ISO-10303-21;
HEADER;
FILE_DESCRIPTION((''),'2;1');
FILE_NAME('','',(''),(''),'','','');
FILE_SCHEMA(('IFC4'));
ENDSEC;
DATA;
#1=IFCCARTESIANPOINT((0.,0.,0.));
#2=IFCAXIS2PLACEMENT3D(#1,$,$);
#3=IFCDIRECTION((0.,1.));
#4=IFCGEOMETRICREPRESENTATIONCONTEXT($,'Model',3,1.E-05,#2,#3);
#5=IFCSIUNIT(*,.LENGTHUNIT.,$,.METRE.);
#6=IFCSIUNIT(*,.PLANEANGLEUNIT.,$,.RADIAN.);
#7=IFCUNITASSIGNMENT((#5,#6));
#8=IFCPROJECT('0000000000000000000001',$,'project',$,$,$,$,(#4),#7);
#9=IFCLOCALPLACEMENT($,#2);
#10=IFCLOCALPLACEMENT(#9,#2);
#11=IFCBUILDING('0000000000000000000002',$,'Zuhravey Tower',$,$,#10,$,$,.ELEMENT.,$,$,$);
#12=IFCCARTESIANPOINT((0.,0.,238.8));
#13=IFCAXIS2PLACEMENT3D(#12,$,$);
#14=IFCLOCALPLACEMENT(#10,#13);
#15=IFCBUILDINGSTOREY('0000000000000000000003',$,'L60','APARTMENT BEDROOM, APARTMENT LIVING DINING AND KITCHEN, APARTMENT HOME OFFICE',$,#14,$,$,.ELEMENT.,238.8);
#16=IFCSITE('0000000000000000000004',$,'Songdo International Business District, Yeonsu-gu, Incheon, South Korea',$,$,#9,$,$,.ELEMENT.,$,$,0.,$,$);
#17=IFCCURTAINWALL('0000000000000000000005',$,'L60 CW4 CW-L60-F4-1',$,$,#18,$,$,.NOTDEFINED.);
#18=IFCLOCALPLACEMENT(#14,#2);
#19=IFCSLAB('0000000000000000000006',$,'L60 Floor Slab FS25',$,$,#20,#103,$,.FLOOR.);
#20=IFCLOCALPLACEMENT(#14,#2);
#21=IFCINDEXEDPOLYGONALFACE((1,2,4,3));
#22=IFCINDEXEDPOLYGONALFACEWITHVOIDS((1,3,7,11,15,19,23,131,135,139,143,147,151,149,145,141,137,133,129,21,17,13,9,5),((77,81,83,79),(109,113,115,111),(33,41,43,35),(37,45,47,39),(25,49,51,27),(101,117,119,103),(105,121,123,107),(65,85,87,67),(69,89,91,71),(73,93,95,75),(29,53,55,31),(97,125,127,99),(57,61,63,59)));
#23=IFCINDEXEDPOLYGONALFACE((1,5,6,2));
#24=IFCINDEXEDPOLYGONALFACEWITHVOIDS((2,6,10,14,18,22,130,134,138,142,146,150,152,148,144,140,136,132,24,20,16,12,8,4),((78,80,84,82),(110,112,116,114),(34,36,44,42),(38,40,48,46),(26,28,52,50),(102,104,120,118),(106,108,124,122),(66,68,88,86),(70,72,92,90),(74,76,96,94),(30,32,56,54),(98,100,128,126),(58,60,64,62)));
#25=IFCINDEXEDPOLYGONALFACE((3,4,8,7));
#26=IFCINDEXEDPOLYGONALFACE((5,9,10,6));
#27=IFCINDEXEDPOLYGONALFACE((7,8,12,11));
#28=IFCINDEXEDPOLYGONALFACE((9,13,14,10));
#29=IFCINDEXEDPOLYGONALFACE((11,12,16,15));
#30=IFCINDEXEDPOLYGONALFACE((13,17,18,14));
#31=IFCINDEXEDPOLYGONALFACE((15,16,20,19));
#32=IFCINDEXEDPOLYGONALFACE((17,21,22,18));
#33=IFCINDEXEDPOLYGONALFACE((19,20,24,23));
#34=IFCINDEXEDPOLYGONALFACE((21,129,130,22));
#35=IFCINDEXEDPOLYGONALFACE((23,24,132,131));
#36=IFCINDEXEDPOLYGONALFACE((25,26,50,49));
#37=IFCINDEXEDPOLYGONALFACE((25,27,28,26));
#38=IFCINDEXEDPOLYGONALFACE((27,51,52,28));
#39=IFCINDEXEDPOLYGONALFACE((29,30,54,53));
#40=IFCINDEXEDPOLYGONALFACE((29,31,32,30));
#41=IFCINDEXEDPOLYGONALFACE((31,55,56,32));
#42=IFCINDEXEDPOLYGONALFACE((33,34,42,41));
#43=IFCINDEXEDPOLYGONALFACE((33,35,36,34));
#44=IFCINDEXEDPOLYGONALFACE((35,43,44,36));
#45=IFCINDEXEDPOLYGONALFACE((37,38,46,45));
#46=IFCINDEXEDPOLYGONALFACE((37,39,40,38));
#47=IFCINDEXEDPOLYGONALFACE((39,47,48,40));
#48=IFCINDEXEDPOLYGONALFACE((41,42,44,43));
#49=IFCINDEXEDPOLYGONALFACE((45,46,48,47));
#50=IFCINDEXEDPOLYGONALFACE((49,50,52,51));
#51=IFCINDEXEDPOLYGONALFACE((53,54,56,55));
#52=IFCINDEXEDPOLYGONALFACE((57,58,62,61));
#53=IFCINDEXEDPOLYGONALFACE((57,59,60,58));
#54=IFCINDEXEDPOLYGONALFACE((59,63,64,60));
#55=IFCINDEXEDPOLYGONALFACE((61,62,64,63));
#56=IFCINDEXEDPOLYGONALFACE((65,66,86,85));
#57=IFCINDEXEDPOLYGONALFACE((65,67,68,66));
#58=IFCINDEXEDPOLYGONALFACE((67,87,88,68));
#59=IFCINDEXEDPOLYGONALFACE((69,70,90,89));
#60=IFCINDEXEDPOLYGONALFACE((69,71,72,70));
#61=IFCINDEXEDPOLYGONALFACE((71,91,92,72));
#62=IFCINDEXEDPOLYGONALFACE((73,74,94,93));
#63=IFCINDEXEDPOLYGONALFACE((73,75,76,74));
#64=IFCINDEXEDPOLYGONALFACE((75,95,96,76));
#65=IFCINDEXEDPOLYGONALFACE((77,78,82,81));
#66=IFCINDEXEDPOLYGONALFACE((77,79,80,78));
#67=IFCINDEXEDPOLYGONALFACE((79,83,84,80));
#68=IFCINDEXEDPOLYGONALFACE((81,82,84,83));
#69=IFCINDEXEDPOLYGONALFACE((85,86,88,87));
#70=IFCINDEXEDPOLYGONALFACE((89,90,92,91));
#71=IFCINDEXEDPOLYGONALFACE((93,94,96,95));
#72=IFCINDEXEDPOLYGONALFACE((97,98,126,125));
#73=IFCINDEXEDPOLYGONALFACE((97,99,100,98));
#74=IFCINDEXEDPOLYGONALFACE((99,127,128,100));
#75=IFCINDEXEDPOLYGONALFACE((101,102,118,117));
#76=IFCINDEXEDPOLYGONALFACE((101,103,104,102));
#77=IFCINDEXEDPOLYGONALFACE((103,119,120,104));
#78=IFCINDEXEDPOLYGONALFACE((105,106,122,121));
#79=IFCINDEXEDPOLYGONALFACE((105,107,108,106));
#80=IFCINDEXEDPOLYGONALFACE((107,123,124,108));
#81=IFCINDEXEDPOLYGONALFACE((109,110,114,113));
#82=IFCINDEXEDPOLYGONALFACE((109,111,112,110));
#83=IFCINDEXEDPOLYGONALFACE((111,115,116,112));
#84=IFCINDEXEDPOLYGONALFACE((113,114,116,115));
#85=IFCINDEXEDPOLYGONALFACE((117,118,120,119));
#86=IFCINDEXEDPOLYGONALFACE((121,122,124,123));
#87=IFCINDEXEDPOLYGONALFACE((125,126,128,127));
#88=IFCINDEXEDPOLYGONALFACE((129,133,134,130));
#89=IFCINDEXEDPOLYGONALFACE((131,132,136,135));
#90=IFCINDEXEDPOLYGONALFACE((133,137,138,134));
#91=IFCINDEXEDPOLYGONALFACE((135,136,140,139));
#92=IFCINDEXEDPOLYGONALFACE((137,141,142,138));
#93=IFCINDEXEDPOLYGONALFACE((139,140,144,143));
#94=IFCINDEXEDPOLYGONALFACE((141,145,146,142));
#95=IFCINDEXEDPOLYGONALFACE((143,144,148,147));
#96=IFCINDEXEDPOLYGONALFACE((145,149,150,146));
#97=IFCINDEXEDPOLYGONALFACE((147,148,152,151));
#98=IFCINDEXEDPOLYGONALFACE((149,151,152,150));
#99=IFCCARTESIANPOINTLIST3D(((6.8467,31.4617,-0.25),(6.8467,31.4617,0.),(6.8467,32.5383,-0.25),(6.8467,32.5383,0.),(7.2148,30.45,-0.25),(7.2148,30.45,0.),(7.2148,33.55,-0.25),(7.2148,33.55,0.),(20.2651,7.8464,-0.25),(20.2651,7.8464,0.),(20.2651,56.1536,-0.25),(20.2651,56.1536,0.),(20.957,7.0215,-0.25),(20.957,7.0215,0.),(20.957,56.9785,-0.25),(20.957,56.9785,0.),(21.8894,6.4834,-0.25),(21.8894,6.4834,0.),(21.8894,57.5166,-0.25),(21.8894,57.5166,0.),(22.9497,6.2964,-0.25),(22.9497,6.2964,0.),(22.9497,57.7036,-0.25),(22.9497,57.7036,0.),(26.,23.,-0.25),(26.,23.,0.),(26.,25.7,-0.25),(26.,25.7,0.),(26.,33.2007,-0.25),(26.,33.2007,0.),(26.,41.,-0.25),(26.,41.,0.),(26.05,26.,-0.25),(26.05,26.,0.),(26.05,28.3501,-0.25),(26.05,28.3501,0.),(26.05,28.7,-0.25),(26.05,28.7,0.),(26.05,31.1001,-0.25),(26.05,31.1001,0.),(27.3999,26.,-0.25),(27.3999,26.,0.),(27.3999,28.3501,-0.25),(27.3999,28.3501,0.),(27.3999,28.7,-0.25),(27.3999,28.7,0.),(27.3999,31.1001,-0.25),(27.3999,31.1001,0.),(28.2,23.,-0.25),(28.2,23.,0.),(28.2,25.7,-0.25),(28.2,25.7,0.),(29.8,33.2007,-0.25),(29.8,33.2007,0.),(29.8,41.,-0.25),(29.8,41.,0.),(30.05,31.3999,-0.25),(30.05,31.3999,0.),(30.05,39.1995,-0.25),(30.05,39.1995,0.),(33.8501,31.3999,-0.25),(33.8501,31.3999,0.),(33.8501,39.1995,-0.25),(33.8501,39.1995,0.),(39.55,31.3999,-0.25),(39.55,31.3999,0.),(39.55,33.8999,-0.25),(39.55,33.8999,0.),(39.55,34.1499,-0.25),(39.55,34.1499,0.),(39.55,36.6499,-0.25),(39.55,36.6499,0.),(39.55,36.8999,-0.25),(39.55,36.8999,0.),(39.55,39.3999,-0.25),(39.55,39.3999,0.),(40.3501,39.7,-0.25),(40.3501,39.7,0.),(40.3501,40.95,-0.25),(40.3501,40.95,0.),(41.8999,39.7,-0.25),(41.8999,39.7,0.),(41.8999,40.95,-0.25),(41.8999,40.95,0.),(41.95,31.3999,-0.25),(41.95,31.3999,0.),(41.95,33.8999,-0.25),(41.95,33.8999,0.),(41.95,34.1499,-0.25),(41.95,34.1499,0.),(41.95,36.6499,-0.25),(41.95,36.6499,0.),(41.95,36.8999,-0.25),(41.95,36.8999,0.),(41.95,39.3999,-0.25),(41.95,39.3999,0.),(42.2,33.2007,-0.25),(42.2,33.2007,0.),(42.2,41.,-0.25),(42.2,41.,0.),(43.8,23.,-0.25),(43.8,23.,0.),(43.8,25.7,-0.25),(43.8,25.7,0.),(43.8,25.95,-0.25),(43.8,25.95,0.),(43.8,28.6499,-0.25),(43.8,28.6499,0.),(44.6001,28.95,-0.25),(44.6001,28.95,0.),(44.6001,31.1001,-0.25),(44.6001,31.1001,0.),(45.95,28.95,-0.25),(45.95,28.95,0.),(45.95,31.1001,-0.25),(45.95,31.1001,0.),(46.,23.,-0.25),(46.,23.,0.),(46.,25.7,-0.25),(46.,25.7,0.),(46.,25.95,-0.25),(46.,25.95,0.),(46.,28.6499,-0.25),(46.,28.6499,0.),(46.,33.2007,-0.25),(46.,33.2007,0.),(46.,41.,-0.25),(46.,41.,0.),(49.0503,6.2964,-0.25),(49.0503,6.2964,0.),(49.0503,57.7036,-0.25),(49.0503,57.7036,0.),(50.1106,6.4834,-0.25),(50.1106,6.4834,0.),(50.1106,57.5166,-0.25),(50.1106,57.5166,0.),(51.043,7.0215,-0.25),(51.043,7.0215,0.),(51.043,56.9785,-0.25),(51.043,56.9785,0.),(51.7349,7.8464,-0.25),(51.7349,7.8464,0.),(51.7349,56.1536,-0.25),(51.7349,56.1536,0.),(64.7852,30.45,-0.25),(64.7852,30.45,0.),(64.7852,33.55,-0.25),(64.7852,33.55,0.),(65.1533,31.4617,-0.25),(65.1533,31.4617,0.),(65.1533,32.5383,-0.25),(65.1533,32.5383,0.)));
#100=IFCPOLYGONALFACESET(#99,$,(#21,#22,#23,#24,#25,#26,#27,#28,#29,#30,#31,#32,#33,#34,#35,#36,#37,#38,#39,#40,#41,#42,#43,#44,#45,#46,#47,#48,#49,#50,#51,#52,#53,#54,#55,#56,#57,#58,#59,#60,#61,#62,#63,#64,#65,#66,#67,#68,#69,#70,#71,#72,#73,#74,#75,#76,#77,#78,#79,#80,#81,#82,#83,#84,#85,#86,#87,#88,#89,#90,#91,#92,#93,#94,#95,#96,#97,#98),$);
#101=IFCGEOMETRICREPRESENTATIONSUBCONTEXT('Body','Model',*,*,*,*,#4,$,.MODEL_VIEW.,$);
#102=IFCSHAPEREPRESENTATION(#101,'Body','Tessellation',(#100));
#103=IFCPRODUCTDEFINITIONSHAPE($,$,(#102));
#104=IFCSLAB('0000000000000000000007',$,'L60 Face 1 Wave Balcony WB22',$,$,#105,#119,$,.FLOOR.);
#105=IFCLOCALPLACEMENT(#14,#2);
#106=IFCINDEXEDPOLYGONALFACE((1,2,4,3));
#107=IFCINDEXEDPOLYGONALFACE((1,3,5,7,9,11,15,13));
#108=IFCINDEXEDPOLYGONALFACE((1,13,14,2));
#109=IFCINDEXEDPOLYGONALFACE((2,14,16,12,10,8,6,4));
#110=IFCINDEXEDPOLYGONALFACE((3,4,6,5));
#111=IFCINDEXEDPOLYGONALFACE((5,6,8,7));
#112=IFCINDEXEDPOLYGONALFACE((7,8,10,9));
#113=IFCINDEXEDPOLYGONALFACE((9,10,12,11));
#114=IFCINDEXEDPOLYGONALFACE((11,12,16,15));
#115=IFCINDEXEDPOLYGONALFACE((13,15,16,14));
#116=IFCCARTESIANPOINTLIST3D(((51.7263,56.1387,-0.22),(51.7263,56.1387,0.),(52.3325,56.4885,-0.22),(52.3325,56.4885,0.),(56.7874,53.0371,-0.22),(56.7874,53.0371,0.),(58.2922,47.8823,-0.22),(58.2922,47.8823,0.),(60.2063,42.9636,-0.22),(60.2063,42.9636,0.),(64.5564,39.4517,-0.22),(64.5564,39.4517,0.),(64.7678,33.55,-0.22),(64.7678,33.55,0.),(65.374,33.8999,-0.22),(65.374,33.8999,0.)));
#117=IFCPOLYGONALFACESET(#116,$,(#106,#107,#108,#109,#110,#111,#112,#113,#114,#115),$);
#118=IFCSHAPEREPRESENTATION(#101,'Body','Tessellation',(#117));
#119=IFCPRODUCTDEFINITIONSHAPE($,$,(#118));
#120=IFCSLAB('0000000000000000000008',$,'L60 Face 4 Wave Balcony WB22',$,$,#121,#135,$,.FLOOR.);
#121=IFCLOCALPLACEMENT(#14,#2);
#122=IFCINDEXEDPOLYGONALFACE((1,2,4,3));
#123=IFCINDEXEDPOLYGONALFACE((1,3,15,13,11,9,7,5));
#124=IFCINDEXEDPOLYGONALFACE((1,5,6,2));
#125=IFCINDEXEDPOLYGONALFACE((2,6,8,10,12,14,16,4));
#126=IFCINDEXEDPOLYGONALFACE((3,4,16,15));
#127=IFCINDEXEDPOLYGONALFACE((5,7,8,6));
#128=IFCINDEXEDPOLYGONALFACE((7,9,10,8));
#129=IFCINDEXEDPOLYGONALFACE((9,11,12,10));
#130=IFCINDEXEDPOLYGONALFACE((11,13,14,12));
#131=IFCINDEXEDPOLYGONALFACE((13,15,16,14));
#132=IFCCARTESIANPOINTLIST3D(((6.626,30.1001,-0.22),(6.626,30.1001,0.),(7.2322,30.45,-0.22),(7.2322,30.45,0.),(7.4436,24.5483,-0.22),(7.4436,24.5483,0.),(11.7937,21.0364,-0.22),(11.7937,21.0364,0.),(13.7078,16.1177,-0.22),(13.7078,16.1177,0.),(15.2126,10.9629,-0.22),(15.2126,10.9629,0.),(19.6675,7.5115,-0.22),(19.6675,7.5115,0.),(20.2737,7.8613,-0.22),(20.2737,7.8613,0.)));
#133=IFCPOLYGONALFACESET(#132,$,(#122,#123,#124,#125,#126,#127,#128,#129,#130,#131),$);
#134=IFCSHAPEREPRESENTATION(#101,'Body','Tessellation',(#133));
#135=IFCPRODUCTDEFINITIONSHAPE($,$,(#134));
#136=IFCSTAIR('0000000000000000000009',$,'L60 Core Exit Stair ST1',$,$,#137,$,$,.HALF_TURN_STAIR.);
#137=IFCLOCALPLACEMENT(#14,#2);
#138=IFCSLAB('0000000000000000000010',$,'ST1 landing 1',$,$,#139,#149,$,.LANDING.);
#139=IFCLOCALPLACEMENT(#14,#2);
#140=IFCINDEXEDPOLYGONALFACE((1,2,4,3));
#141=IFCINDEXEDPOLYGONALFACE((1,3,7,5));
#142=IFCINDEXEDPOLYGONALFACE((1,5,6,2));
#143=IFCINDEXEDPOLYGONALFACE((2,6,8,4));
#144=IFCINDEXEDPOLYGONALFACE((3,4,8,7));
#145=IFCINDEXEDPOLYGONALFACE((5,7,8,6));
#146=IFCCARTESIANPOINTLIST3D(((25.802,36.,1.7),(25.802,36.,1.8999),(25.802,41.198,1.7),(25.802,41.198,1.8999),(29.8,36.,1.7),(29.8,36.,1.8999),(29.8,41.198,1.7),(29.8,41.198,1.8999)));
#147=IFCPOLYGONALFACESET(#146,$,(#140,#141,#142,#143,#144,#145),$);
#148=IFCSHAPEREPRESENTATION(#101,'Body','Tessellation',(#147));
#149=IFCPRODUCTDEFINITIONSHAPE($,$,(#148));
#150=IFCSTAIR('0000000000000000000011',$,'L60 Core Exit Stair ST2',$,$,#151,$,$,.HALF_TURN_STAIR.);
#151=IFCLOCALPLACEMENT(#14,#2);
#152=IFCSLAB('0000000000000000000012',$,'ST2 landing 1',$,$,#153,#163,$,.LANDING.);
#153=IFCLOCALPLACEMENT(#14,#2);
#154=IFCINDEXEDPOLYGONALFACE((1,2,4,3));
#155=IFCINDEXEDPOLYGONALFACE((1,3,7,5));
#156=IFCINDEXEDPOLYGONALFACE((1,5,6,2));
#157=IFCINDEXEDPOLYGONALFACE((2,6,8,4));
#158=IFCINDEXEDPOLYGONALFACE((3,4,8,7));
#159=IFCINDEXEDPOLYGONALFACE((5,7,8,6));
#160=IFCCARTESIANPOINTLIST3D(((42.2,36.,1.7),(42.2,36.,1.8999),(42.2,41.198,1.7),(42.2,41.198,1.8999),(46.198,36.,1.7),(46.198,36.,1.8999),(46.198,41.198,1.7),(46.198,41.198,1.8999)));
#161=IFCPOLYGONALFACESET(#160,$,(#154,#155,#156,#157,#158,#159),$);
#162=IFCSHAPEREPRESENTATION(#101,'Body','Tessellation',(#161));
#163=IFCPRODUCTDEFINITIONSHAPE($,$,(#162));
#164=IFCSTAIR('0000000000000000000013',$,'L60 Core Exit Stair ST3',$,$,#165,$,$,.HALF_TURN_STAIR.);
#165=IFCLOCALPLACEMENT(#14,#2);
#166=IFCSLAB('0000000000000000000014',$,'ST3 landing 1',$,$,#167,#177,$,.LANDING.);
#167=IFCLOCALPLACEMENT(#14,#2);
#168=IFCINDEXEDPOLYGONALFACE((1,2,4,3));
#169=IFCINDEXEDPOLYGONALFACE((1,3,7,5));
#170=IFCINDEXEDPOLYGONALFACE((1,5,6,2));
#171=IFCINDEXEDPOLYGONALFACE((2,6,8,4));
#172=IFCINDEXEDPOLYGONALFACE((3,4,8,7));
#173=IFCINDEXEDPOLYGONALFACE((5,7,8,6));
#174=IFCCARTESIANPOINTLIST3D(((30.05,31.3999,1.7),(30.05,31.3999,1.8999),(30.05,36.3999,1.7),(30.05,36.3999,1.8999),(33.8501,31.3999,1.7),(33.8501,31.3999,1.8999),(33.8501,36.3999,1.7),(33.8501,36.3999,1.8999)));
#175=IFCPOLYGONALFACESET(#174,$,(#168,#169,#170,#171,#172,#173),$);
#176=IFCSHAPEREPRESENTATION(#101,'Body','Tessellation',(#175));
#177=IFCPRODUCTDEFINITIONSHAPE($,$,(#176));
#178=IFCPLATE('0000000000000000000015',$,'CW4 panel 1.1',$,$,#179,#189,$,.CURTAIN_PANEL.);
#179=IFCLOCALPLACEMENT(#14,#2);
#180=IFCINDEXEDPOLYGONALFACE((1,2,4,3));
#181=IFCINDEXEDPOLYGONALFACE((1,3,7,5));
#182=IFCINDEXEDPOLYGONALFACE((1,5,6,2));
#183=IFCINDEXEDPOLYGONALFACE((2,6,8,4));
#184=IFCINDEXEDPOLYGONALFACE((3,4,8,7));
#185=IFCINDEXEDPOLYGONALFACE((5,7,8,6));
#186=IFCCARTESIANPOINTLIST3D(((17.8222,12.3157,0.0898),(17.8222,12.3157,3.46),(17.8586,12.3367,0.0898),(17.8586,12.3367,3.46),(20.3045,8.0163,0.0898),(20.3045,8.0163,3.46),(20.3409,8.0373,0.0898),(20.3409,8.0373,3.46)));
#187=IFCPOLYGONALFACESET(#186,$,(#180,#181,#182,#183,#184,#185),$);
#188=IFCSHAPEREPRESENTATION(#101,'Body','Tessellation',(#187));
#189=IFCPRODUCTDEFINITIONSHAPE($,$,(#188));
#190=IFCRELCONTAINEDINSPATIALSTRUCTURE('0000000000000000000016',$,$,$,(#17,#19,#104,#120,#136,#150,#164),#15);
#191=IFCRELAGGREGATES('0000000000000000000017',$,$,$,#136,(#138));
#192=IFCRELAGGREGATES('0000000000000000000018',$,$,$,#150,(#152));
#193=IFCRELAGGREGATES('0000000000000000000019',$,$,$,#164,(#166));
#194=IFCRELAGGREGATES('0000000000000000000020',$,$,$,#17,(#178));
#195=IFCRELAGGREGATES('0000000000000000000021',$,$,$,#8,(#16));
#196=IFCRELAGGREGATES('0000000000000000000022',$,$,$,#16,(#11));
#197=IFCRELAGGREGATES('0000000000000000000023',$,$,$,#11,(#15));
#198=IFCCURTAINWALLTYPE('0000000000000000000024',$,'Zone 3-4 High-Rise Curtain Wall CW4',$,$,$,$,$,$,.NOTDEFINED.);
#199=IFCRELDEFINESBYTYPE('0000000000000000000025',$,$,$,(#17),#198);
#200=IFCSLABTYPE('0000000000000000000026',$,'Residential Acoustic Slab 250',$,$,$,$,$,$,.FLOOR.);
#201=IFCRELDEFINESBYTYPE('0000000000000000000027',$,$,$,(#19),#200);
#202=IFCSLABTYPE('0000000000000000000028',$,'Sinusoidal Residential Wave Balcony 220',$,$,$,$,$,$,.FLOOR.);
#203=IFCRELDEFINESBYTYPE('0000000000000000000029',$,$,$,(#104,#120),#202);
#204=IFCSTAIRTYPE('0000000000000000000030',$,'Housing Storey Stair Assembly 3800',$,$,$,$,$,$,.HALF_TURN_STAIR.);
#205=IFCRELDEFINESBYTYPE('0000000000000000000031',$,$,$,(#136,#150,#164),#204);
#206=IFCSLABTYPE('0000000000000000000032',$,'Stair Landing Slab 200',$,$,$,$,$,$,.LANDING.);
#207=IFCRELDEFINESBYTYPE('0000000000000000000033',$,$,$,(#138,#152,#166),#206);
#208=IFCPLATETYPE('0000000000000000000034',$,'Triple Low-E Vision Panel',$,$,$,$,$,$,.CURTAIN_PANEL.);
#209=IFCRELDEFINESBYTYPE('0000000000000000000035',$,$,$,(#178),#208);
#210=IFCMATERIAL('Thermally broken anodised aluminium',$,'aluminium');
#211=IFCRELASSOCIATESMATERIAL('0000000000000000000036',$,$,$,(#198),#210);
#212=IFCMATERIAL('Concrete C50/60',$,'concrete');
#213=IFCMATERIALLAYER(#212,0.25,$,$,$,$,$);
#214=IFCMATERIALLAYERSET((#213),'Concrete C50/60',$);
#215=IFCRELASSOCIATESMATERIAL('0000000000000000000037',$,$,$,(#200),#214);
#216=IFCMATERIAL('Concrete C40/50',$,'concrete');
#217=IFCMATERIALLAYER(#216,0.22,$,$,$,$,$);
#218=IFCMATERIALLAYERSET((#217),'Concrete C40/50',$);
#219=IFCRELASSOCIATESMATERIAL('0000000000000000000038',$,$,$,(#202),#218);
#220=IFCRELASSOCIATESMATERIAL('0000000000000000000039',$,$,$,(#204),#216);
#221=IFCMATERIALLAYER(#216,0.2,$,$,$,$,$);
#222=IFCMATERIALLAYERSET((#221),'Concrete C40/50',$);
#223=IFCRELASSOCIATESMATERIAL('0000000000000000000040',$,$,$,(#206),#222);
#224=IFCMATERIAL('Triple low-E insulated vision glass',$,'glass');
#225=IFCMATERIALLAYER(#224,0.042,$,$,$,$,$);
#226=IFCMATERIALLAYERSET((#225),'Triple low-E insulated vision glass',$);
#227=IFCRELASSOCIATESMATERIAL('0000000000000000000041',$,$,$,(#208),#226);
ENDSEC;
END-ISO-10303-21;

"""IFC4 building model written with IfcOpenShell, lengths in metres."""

from ifc_helpers import new_model, si_unit, direction, frame, origin, origin_2d, place, context, subcontext, project, spatial, polyline, rectangle, outline, extrude, material, layer, layer_set, type_object, element, aggregate, save


model = new_model("IFC4")

# Units and contexts
model_context = context("Model", 3, precision=1e-05, world=origin(), true_north=direction((0.0, 1.0)))
body_context = subcontext(model_context, "Body", "Model", "MODEL_VIEW")
ifc_project = project(units=[si_unit("LENGTHUNIT", "METRE"), si_unit("PLANEANGLEUNIT", "RADIAN")], contexts=[model_context])

# Site, building, storey
site_placement = place(None, origin())
site = spatial("IfcSite", under=ifc_project, at=site_placement, Name="Songdo International Business District, Yeonsu-gu, Incheon, South Korea", CompositionType="ELEMENT", RefElevation=0.0)
building_placement = place(site_placement, origin())
building = spatial("IfcBuilding", under=site, at=building_placement, Name="Zuhravey Tower", CompositionType="ELEMENT")
storey_placement = place(building_placement, frame((0.0, 0.0, 238.8)))
storey = spatial("IfcBuildingStorey", under=building, at=storey_placement, Name="L60", Description="APARTMENT BEDROOM, APARTMENT LIVING DINING AND KITCHEN, APARTMENT HOME OFFICE", CompositionType="ELEMENT", Elevation=238.8)

# Shared definitions
ifc_material_1 = material(Name="Concrete C50/60", Category="concrete")

# Curtain wall
ifc_material_2 = material(Name="Thermally broken anodised aluminium", Category="aluminium")
curtain_wall_type = type_object("IfcCurtainWallType", Name="Zone 3-4 High-Rise Curtain Wall CW4", PredefinedType="NOTDEFINED", material=ifc_material_2)
curtain_wall_placement = place(storey_placement, origin())
curtain_wall = element("IfcCurtainWall", 1, at=curtain_wall_placement, inside=storey, type_object=curtain_wall_type, Name="L60 CW4 CW-L60-F4-1", PredefinedType="NOTDEFINED")

# Slabs
ifc_layer_1 = layer(ifc_material_1, 0.25)
ifc_layer_set_1 = layer_set([ifc_layer_1], Name="Concrete C50/60")
slab_type_1 = type_object("IfcSlabType", Name="Residential Acoustic Slab 250", PredefinedType="FLOOR", material=ifc_layer_set_1)
slab_1_placement = place(storey_placement, frame((0.0, 0.0, -0.25)))
element("IfcSlab", 2, at=slab_1_placement, inside=storey, type_object=slab_type_1, Name="L60 Floor Slab FS25", PredefinedType="FLOOR", context=body_context, shape_type="SweptSolid", body=[
    extrude(outline(polyline([(64.7852, 30.45), (65.1533, 31.4617), (65.1533, 32.5383), (64.7852, 33.55), (51.7349, 56.1536), (51.043, 56.9785), (50.1106, 57.5166), (49.0503, 57.7036), (22.9497, 57.7036), (21.8894, 57.5166), (20.957, 56.9785), (20.2651, 56.1536), (7.2148, 33.55), (6.8467, 32.5383), (6.8467, 31.4617), (7.2148, 30.45), (20.2651, 7.8464), (20.957, 7.0215), (21.8894, 6.4834), (22.9497, 6.2964), (49.0503, 6.2964), (50.1106, 6.4834), (51.043, 7.0215), (51.7349, 7.8464), (64.7852, 30.45)]), holes=[polyline([(29.8, 33.2007), (29.8, 41.0), (26.0, 41.0), (26.0, 33.2007), (29.8, 33.2007)]), polyline([(46.0, 33.2007), (46.0, 41.0), (42.2, 41.0), (42.2, 33.2007), (46.0, 33.2007)]), polyline([(30.05, 39.1995), (30.05, 31.3999), (33.8501, 31.3999), (33.8501, 39.1995), (30.05, 39.1995)]), polyline([(39.55, 31.3999), (41.95, 31.3999), (41.95, 33.8999), (39.55, 33.8999), (39.55, 31.3999)]), polyline([(39.55, 34.1499), (41.95, 34.1499), (41.95, 36.6499), (39.55, 36.6499), (39.55, 34.1499)]), polyline([(39.55, 36.8999), (41.95, 36.8999), (41.95, 39.3999), (39.55, 39.3999), (39.55, 36.8999)]), polyline([(26.0, 23.0), (28.2, 23.0), (28.2, 25.7), (26.0, 25.7), (26.0, 23.0)]), polyline([(43.8, 23.0), (46.0, 23.0), (46.0, 25.7), (43.8, 25.7), (43.8, 23.0)]), polyline([(43.8, 25.95), (46.0, 25.95), (46.0, 28.6499), (43.8, 28.6499), (43.8, 25.95)]), polyline([(26.05, 26.0), (27.3999, 26.0), (27.3999, 28.3501), (26.05, 28.3501), (26.05, 26.0)]), polyline([(26.05, 28.7), (27.3999, 28.7), (27.3999, 31.1001), (26.05, 31.1001), (26.05, 28.7)]), polyline([(44.6001, 28.95), (45.95, 28.95), (45.95, 31.1001), (44.6001, 31.1001), (44.6001, 28.95)]), polyline([(40.3501, 39.7), (41.8999, 39.7), (41.8999, 40.95), (40.3501, 40.95), (40.3501, 39.7)])]), origin(), (0.0, 0.0, 1.0), 0.25),
])
ifc_material_3 = material(Name="Concrete C40/50", Category="concrete")
ifc_layer_2 = layer(ifc_material_3, 0.22)
ifc_layer_set_2 = layer_set([ifc_layer_2], Name="Concrete C40/50")
slab_type_2 = type_object("IfcSlabType", Name="Sinusoidal Residential Wave Balcony 220", PredefinedType="FLOOR", material=ifc_layer_set_2)
slab_2_placement = place(storey_placement, frame((0.0, 0.0, -0.22)))
element("IfcSlab", 3, at=slab_2_placement, inside=storey, type_object=slab_type_2, Name="L60 Face 1 Wave Balcony WB22", PredefinedType="FLOOR", context=body_context, shape_type="SweptSolid", body=[
    extrude(outline(polyline([(64.7678, 33.55), (51.7263, 56.1387), (52.3325, 56.4885), (56.7874, 53.0371), (58.2922, 47.8823), (60.2063, 42.9636), (64.5564, 39.4517), (65.374, 33.8999), (64.7678, 33.55)])), origin(), (0.0, 0.0, 1.0), 0.22),
])
slab_3_placement = place(storey_placement, frame((0.0, 0.0, -0.22)))
element("IfcSlab", 4, at=slab_3_placement, inside=storey, type_object=slab_type_2, Name="L60 Face 4 Wave Balcony WB22", PredefinedType="FLOOR", context=body_context, shape_type="SweptSolid", body=[
    extrude(outline(polyline([(7.2322, 30.45), (20.2737, 7.8613), (19.6675, 7.5115), (15.2126, 10.9629), (13.7078, 16.1177), (11.7937, 21.0364), (7.4436, 24.5483), (6.626, 30.1001), (7.2322, 30.45)])), origin(), (0.0, 0.0, 1.0), 0.22),
])

# Stairs, slabs
stair_type = type_object("IfcStairType", Name="Housing Storey Stair Assembly 3800", PredefinedType="HALF_TURN_STAIR", material=ifc_material_3)
stair_1_placement = place(storey_placement, origin())
stair_1 = element("IfcStair", 5, at=stair_1_placement, inside=storey, type_object=stair_type, Name="L60 Core Exit Stair ST1", PredefinedType="HALF_TURN_STAIR")
ifc_layer_3 = layer(ifc_material_3, 0.2)
ifc_layer_set_3 = layer_set([ifc_layer_3], Name="Concrete C40/50")
slab_type_3 = type_object("IfcSlabType", Name="Stair Landing Slab 200", PredefinedType="LANDING", material=ifc_layer_set_3)
slab_4_placement = place(storey_placement, frame((0.0, 0.0, 1.7)))
slab_4 = element("IfcSlab", 6, at=slab_4_placement, type_object=slab_type_3, Name="ST1 landing 1", PredefinedType="LANDING", context=body_context, shape_type="SweptSolid", body=[
    extrude(outline(polyline([(29.8, 36.0), (29.8, 41.198), (25.802, 41.198), (25.802, 36.0), (29.8, 36.0)])), origin(), (0.0, 0.0, 1.0), 0.2),
])
aggregate(stair_1, [slab_4])
stair_2_placement = place(storey_placement, origin())
stair_2 = element("IfcStair", 7, at=stair_2_placement, inside=storey, type_object=stair_type, Name="L60 Core Exit Stair ST2", PredefinedType="HALF_TURN_STAIR")
slab_5_placement = place(storey_placement, frame((0.0, 0.0, 1.7)))
slab_5 = element("IfcSlab", 8, at=slab_5_placement, type_object=slab_type_3, Name="ST2 landing 1", PredefinedType="LANDING", context=body_context, shape_type="SweptSolid", body=[
    extrude(outline(polyline([(46.198, 36.0), (46.198, 41.198), (42.2, 41.198), (42.2, 36.0), (46.198, 36.0)])), origin(), (0.0, 0.0, 1.0), 0.2),
])
aggregate(stair_2, [slab_5])
stair_3_placement = place(storey_placement, origin())
stair_3 = element("IfcStair", 9, at=stair_3_placement, inside=storey, type_object=stair_type, Name="L60 Core Exit Stair ST3", PredefinedType="HALF_TURN_STAIR")
slab_6_placement = place(storey_placement, frame((0.0, 0.0, 1.7)))
slab_6 = element("IfcSlab", 10, at=slab_6_placement, type_object=slab_type_3, Name="ST3 landing 1", PredefinedType="LANDING", context=body_context, shape_type="SweptSolid", body=[
    extrude(outline(polyline([(30.05, 36.3999), (30.05, 31.3999), (33.8501, 31.3999), (33.8501, 36.3999), (30.05, 36.3999)])), origin(), (0.0, 0.0, 1.0), 0.2),
])
aggregate(stair_3, [slab_6])

# Plate
ifc_material_4 = material(Name="Triple low-E insulated vision glass", Category="glass")
ifc_layer_4 = layer(ifc_material_4, 0.042)
ifc_layer_set_4 = layer_set([ifc_layer_4], Name="Triple low-E insulated vision glass")
plate_type_1 = type_object("IfcPlateType", Name="Triple Low-E Vision Panel", PredefinedType="CURTAIN_PANEL", material=ifc_layer_set_4)
plate_1_placement = place(storey_placement, frame((19.0815, 10.1765, 0.0898), z_axis=(0.0, 0.0, 1.0), x_axis=(-0.500002, 0.866024, 0.0)))
plate_1 = element("IfcPlate", 11, at=plate_1_placement, type_object=plate_type_1, Name="CW4 panel 1.1", PredefinedType="CURTAIN_PANEL", context=body_context, shape_type="SweptSolid", body=[
    extrude(rectangle(XDim=4.9646, YDim=0.042, at=origin_2d()), origin(), (0.0, 0.0, 1.0), 3.3701),
])
aggregate(curtain_wall, [plate_1])

save(model, "model.ifc")
